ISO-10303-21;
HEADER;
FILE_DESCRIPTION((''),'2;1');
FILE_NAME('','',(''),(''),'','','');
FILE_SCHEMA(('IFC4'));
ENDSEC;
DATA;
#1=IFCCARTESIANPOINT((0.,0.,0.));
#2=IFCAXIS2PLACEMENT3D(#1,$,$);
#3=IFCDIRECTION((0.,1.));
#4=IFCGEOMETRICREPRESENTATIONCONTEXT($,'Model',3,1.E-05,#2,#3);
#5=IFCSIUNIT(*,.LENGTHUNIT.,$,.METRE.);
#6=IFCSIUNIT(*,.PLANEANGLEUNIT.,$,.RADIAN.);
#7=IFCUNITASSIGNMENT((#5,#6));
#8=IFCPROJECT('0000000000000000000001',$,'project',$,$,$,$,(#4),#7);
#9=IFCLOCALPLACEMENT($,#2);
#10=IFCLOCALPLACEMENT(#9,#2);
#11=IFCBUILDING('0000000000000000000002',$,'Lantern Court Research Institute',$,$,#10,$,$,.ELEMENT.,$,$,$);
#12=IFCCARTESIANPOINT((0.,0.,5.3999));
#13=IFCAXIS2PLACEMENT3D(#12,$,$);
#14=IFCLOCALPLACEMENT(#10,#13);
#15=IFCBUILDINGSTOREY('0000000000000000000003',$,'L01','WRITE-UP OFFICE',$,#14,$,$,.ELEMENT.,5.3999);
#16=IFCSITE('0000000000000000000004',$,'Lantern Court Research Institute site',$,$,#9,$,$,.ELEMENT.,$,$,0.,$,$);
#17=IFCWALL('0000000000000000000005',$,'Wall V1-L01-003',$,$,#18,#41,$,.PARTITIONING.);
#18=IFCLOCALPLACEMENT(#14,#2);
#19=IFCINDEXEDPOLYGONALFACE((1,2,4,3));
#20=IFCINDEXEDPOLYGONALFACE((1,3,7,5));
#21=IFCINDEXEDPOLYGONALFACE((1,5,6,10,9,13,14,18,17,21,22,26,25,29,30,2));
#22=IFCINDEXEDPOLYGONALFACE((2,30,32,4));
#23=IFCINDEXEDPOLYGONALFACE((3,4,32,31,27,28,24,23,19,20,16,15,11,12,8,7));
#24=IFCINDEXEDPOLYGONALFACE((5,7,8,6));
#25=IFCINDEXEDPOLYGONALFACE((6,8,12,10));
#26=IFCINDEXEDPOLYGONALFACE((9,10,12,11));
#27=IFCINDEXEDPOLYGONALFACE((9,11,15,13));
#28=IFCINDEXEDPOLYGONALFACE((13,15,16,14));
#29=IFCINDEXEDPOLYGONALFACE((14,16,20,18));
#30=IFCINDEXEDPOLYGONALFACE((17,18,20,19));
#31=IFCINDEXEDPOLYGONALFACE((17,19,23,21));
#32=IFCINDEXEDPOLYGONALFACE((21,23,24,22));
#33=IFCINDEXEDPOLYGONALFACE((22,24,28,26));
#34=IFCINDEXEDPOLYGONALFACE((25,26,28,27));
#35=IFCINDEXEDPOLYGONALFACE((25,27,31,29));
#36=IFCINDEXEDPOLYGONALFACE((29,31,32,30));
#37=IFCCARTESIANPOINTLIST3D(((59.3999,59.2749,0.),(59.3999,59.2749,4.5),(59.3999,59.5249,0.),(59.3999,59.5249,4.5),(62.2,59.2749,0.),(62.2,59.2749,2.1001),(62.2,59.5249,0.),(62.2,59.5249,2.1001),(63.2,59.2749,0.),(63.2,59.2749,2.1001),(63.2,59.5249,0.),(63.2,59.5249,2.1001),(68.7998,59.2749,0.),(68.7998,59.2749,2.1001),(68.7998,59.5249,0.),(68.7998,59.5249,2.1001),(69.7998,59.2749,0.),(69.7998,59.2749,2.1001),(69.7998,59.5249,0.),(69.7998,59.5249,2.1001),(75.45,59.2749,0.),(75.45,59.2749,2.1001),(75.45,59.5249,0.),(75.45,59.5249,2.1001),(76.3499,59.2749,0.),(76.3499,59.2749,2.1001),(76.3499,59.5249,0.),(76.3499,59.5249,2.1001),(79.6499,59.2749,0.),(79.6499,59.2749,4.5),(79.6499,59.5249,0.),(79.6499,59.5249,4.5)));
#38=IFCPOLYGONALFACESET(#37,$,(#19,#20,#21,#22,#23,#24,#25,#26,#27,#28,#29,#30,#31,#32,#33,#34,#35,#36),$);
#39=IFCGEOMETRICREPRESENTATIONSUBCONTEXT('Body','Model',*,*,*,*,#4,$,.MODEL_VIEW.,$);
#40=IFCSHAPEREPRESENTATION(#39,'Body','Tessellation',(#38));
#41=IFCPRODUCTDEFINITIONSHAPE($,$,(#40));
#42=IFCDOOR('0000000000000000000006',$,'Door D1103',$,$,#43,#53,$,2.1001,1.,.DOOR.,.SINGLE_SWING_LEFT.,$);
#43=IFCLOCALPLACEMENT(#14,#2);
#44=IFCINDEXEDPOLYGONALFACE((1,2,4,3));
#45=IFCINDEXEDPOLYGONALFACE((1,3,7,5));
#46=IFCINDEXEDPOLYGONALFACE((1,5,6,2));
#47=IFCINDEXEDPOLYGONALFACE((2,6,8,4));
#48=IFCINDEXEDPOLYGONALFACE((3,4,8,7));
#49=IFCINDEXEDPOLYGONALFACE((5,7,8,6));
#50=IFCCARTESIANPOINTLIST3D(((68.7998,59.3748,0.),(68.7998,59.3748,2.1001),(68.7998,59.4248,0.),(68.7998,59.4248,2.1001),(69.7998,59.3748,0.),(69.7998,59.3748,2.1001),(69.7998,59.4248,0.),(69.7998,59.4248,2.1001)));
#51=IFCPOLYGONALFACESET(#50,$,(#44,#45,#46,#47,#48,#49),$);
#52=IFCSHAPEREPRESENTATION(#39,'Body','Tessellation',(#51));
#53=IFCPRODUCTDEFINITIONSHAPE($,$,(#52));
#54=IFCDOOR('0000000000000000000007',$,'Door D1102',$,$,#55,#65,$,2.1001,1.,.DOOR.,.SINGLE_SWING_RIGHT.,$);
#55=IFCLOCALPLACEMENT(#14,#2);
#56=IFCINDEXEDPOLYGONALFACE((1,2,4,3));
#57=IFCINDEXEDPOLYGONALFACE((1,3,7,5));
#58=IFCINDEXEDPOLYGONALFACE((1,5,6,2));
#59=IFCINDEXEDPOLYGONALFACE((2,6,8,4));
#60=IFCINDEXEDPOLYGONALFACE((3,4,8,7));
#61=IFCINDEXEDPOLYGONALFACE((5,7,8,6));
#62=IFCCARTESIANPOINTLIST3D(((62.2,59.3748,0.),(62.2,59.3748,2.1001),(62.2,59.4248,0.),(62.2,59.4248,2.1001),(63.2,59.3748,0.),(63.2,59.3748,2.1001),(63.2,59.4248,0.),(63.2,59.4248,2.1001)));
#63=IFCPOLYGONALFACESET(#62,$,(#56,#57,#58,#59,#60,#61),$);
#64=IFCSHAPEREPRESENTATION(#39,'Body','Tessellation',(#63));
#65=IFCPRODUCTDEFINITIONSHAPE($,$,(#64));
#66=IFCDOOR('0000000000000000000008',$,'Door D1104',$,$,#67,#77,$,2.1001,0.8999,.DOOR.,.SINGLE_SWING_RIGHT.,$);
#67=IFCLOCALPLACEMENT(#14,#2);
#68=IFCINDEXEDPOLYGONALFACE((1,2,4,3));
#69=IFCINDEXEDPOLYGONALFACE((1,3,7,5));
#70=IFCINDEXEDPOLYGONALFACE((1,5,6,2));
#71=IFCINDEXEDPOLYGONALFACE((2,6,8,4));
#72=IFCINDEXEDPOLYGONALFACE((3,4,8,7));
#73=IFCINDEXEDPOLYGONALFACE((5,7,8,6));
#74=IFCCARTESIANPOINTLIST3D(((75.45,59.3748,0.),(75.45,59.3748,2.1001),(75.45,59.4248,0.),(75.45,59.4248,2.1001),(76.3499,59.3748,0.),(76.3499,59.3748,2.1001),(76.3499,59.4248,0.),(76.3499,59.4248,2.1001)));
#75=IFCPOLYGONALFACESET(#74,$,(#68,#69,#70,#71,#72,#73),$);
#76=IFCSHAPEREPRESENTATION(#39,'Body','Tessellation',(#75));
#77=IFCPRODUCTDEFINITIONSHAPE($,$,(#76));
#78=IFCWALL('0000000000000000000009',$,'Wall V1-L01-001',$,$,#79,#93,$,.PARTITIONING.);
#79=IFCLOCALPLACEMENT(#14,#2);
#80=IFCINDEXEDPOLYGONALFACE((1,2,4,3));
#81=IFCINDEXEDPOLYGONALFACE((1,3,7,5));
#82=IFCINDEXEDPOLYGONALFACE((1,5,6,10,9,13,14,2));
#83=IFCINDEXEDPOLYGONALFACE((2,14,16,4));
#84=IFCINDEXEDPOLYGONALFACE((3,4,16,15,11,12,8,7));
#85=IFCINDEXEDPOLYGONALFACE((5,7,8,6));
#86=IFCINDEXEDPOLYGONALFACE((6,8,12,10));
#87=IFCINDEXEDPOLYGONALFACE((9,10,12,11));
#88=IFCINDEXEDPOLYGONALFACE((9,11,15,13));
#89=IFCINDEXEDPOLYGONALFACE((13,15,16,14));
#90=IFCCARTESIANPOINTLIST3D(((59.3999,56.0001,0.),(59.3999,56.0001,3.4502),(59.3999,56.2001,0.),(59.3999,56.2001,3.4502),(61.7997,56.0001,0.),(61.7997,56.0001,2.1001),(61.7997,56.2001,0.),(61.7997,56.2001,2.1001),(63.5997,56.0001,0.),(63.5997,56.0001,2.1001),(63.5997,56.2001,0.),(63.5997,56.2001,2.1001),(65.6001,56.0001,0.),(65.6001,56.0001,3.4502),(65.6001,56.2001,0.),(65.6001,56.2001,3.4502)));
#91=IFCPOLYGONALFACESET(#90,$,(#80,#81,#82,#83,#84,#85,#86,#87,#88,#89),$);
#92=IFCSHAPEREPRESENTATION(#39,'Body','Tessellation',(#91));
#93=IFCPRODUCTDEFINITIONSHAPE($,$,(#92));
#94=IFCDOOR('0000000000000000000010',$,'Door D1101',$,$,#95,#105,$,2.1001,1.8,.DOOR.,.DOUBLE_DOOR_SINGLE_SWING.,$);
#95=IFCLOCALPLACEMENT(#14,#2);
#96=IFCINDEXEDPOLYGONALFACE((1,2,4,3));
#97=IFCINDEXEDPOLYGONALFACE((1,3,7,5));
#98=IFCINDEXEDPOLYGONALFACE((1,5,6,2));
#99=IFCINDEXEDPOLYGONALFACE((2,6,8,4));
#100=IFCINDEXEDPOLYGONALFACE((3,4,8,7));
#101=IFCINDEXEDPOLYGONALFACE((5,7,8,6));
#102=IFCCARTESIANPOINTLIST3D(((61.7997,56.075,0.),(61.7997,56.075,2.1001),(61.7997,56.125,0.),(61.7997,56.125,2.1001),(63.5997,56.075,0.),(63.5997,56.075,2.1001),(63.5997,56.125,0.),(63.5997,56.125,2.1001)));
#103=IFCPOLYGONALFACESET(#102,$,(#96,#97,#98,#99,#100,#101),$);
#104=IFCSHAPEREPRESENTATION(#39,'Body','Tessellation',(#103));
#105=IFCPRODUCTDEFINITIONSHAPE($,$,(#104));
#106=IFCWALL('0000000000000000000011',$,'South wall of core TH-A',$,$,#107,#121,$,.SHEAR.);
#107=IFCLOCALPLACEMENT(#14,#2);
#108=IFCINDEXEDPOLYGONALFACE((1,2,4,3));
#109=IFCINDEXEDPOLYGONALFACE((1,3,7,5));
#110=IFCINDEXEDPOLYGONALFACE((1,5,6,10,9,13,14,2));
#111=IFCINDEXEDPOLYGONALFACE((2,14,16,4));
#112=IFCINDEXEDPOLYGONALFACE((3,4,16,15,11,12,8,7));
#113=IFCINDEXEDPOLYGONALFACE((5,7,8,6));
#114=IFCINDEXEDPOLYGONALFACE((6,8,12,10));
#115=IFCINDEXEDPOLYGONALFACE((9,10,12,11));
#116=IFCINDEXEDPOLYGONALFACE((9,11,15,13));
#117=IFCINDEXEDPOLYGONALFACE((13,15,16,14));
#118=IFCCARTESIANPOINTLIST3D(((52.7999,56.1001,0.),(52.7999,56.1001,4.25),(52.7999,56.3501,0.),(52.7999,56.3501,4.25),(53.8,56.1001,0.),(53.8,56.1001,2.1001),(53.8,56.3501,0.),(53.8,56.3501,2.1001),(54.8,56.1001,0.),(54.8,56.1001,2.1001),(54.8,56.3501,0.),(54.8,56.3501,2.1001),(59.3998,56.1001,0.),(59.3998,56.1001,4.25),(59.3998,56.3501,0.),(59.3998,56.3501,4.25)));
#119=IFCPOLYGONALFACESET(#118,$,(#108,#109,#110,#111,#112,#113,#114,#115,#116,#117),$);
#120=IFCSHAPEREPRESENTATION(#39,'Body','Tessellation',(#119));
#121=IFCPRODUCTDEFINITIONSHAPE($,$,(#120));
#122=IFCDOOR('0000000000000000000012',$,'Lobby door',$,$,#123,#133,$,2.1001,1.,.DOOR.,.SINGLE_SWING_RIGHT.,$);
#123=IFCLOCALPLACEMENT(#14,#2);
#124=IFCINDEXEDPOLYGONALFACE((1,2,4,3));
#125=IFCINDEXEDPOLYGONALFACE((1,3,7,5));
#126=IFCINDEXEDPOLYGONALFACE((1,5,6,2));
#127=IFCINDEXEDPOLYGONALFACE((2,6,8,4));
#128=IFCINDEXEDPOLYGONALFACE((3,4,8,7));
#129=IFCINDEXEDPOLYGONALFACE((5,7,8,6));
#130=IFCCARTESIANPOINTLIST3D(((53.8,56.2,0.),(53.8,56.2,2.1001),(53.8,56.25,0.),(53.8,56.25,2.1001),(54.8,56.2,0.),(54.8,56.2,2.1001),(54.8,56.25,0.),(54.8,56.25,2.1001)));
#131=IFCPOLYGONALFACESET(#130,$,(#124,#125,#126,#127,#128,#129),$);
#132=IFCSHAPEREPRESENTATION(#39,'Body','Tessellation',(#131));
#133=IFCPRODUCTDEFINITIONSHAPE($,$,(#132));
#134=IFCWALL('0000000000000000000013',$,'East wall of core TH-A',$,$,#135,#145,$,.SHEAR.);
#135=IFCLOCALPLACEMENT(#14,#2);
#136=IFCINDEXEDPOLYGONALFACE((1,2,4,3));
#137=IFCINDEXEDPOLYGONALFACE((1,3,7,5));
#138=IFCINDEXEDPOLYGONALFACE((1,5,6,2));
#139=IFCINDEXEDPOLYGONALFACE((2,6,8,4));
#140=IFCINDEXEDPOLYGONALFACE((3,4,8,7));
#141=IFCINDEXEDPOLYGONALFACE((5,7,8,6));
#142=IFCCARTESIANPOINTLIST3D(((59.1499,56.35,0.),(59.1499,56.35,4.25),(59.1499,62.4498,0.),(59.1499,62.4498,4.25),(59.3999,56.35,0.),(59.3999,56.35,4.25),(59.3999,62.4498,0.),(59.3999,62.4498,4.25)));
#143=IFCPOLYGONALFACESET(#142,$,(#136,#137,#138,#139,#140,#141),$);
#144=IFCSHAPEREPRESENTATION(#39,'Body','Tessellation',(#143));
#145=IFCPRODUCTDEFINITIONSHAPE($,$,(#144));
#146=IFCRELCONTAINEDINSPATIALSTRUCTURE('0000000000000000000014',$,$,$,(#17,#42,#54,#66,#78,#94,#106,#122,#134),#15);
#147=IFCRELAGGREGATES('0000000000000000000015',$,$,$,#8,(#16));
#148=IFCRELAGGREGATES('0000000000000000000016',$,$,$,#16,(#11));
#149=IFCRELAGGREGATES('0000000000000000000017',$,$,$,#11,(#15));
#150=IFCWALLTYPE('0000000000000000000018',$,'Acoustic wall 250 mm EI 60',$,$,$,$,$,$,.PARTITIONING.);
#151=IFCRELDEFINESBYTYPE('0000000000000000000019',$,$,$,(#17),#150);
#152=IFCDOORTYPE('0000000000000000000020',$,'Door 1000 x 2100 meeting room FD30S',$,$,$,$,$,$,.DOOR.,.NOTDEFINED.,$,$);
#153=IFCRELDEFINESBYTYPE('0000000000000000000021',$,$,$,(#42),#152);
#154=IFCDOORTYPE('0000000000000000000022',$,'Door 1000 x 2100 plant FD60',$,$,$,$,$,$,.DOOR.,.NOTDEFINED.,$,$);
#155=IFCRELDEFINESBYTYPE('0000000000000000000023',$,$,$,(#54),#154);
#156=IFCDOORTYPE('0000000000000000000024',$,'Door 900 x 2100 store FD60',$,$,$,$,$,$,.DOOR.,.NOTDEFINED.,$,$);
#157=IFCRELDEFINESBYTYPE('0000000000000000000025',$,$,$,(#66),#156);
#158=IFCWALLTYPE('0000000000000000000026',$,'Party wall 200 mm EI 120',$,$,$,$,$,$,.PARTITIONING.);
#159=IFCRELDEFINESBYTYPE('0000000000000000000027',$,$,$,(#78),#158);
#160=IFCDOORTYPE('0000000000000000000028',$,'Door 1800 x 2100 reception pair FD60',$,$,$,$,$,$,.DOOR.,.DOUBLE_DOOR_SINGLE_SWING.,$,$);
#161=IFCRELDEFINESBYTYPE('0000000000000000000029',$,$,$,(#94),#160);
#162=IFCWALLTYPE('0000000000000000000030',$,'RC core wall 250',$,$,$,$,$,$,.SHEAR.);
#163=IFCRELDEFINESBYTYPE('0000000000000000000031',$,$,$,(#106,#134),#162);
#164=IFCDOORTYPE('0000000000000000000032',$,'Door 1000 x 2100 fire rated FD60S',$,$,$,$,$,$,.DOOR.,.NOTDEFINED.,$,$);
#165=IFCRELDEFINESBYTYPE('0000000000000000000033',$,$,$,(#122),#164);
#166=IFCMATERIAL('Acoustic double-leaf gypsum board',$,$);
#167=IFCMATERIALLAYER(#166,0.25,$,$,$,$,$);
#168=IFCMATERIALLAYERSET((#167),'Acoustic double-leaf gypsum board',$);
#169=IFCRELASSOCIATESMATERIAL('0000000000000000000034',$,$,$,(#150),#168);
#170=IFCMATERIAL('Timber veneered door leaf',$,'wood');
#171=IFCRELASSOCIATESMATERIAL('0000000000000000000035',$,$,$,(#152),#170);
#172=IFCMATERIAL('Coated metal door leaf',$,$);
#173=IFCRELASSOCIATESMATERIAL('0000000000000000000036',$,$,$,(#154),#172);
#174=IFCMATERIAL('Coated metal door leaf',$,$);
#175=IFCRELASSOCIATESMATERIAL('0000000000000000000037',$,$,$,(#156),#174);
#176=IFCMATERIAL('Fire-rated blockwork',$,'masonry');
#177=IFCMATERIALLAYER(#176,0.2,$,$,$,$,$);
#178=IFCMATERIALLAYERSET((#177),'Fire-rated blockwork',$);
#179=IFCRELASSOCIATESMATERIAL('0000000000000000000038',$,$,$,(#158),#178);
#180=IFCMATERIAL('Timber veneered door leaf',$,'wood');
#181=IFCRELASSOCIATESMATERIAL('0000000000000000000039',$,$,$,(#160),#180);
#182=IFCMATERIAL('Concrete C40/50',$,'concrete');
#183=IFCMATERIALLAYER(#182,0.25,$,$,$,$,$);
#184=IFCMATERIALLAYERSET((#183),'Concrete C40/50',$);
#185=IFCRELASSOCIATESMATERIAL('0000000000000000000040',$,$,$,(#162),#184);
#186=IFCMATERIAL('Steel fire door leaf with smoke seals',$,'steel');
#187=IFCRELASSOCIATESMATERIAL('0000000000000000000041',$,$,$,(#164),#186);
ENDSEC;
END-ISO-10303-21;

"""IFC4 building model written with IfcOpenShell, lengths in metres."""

from ifc_helpers import new_model, si_unit, direction, frame, frame_2d, origin, place, context, subcontext, project, spatial, rectangle, extrude, material, layer, layer_set, type_object, element, fill, save


model = new_model("IFC4")

# Units and contexts
model_context = context("Model", 3, precision=1e-05, world=origin(), true_north=direction((0.0, 1.0)))
body_context = subcontext(model_context, "Body", "Model", "MODEL_VIEW")
ifc_project = project(units=[si_unit("LENGTHUNIT", "METRE"), si_unit("PLANEANGLEUNIT", "RADIAN")], contexts=[model_context])

# Site, building, storey
site_placement = place(None, origin())
site = spatial("IfcSite", under=ifc_project, at=site_placement, Name="Lantern Court Research Institute site", CompositionType="ELEMENT", RefElevation=0.0)
building_placement = place(site_placement, origin())
building = spatial("IfcBuilding", under=site, at=building_placement, Name="Lantern Court Research Institute", CompositionType="ELEMENT")
storey_placement = place(building_placement, frame((0.0, 0.0, 5.3999)))
storey = spatial("IfcBuildingStorey", under=building, at=storey_placement, Name="L01", Description="WRITE-UP OFFICE", CompositionType="ELEMENT", Elevation=5.3999)

# Wall, openings, doors
ifc_material_1 = material(Name="Acoustic double-leaf gypsum board")
ifc_layer_1 = layer(ifc_material_1, 0.25)
ifc_layer_set_1 = layer_set([ifc_layer_1], Name="Acoustic double-leaf gypsum board")
wall_type_1 = type_object("IfcWallType", Name="Acoustic wall 250 mm EI 60", PredefinedType="PARTITIONING", material=ifc_layer_set_1)
wall_1_placement = place(storey_placement, frame((59.3999, 59.3999, 0.0), z_axis=(0.0, 0.0, 1.0), x_axis=(1.0, 0.0, 0.0)))
wall_1 = element("IfcWall", 1, at=wall_1_placement, inside=storey, type_object=wall_type_1, Name="Wall V1-L01-003", PredefinedType="PARTITIONING", context=body_context, shape_type="SweptSolid", body=[
    extrude(rectangle(XDim=20.25, YDim=0.25, at=frame_2d((10.125, 0.0))), origin(), (0.0, 0.0, 1.0), 4.5),
])
opening_1_placement = place(wall_1_placement, frame((2.8, 0.0, 0.0)))
opening_1 = element("IfcOpeningElement", 2, at=opening_1_placement, cuts=wall_1, PredefinedType="OPENING", context=body_context, shape_type="SweptSolid", body=[
    extrude(rectangle(XDim=1.0, YDim=2.1001, at=frame_2d((0.5, 1.05))), frame((0.0, 0.135, 0.0), z_axis=(0.0, -1.0, 0.0), x_axis=(1.0, 0.0, 0.0)), (0.0, 0.0, 1.0), 0.27),
])
opening_2_placement = place(wall_1_placement, frame((9.3999, 0.0, 0.0)))
opening_2 = element("IfcOpeningElement", 3, at=opening_2_placement, cuts=wall_1, PredefinedType="OPENING", context=body_context, shape_type="SweptSolid", body=[
    extrude(rectangle(XDim=1.0, YDim=2.1001, at=frame_2d((0.5, 1.05))), frame((0.0, 0.135, 0.0), z_axis=(0.0, -1.0, 0.0), x_axis=(1.0, 0.0, 0.0)), (0.0, 0.0, 1.0), 0.27),
])
opening_3_placement = place(wall_1_placement, frame((16.05, 0.0, 0.0)))
opening_3 = element("IfcOpeningElement", 4, at=opening_3_placement, cuts=wall_1, PredefinedType="OPENING", context=body_context, shape_type="SweptSolid", body=[
    extrude(rectangle(XDim=0.8999, YDim=2.1001, at=frame_2d((0.45, 1.05))), frame((0.0, 0.135, 0.0), z_axis=(0.0, -1.0, 0.0), x_axis=(1.0, 0.0, 0.0)), (0.0, 0.0, 1.0), 0.27),
])
ifc_material_2 = material(Name="Timber veneered door leaf", Category="wood")
door_type_1 = type_object("IfcDoorType", Name="Door 1000 x 2100 meeting room FD30S", OperationType="NOTDEFINED", PredefinedType="DOOR", material=ifc_material_2)
door_1_placement = place(opening_2_placement, origin())
door_1 = element("IfcDoor", 5, at=door_1_placement, inside=storey, type_object=door_type_1, Name="Door D1103", OperationType="SINGLE_SWING_LEFT", OverallHeight=2.1001, OverallWidth=1.0, PredefinedType="DOOR", context=body_context, shape_type="SweptSolid", body=[
    extrude(rectangle(XDim=1.0, YDim=2.1001, at=frame_2d((0.5, 1.05))), frame((0.0, 0.0249, 0.0), z_axis=(0.0, -1.0, 0.0), x_axis=(1.0, 0.0, 0.0)), (0.0, 0.0, 1.0), 0.05),
])
fill(opening_2, door_1)
ifc_material_3 = material(Name="Coated metal door leaf")
door_type_2 = type_object("IfcDoorType", Name="Door 1000 x 2100 plant FD60", OperationType="NOTDEFINED", PredefinedType="DOOR", material=ifc_material_3)
door_2_placement = place(opening_1_placement, origin())
door_2 = element("IfcDoor", 6, at=door_2_placement, inside=storey, type_object=door_type_2, Name="Door D1102", OperationType="SINGLE_SWING_RIGHT", OverallHeight=2.1001, OverallWidth=1.0, PredefinedType="DOOR", context=body_context, shape_type="SweptSolid", body=[
    extrude(rectangle(XDim=1.0, YDim=2.1001, at=frame_2d((0.5, 1.05))), frame((0.0, 0.0249, 0.0), z_axis=(0.0, -1.0, 0.0), x_axis=(1.0, 0.0, 0.0)), (0.0, 0.0, 1.0), 0.05),
])
fill(opening_1, door_2)
ifc_material_4 = material(Name="Coated metal door leaf")
door_type_3 = type_object("IfcDoorType", Name="Door 900 x 2100 store FD60", OperationType="NOTDEFINED", PredefinedType="DOOR", material=ifc_material_4)
door_3_placement = place(opening_3_placement, origin())
door_3 = element("IfcDoor", 7, at=door_3_placement, inside=storey, type_object=door_type_3, Name="Door D1104", OperationType="SINGLE_SWING_RIGHT", OverallHeight=2.1001, OverallWidth=0.8999, PredefinedType="DOOR", context=body_context, shape_type="SweptSolid", body=[
    extrude(rectangle(XDim=0.8999, YDim=2.1001, at=frame_2d((0.45, 1.05))), frame((0.0, 0.0249, 0.0), z_axis=(0.0, -1.0, 0.0), x_axis=(1.0, 0.0, 0.0)), (0.0, 0.0, 1.0), 0.05),
])
fill(opening_3, door_3)

# Walls, openings, doors
ifc_material_5 = material(Name="Fire-rated blockwork", Category="masonry")
ifc_layer_2 = layer(ifc_material_5, 0.2)
ifc_layer_set_2 = layer_set([ifc_layer_2], Name="Fire-rated blockwork")
wall_type_2 = type_object("IfcWallType", Name="Party wall 200 mm EI 120", PredefinedType="PARTITIONING", material=ifc_layer_set_2)
wall_2_placement = place(storey_placement, frame((59.3999, 56.1001, 0.0), z_axis=(0.0, 0.0, 1.0), x_axis=(1.0, 0.0, 0.0)))
wall_2 = element("IfcWall", 8, at=wall_2_placement, inside=storey, type_object=wall_type_2, Name="Wall V1-L01-001", PredefinedType="PARTITIONING", context=body_context, shape_type="SweptSolid", body=[
    extrude(rectangle(XDim=6.2002, YDim=0.2, at=frame_2d((3.1001, 0.0))), origin(), (0.0, 0.0, 1.0), 3.4502),
])
opening_4_placement = place(wall_2_placement, frame((2.3999, 0.0, 0.0)))
opening_4 = element("IfcOpeningElement", 9, at=opening_4_placement, cuts=wall_2, PredefinedType="OPENING", context=body_context, shape_type="SweptSolid", body=[
    extrude(rectangle(XDim=1.8, YDim=2.1001, at=frame_2d((0.8999, 1.05))), frame((0.0, 0.1099, 0.0), z_axis=(0.0, -1.0, 0.0), x_axis=(1.0, 0.0, 0.0)), (0.0, 0.0, 1.0), 0.22),
])
ifc_material_6 = material(Name="Timber veneered door leaf", Category="wood")
door_type_4 = type_object("IfcDoorType", Name="Door 1800 x 2100 reception pair FD60", OperationType="DOUBLE_DOOR_SINGLE_SWING", PredefinedType="DOOR", material=ifc_material_6)
door_4_placement = place(opening_4_placement, origin())
door_4 = element("IfcDoor", 10, at=door_4_placement, inside=storey, type_object=door_type_4, Name="Door D1101", OperationType="DOUBLE_DOOR_SINGLE_SWING", OverallHeight=2.1001, OverallWidth=1.8, PredefinedType="DOOR", context=body_context, shape_type="SweptSolid", body=[
    extrude(rectangle(XDim=1.8, YDim=2.1001, at=frame_2d((0.8999, 1.05))), frame((0.0, 0.0249, 0.0), z_axis=(0.0, -1.0, 0.0), x_axis=(1.0, 0.0, 0.0)), (0.0, 0.0, 1.0), 0.05),
])
fill(opening_4, door_4)
ifc_material_7 = material(Name="Concrete C40/50", Category="concrete")
ifc_layer_3 = layer(ifc_material_7, 0.25)
ifc_layer_set_3 = layer_set([ifc_layer_3], Name="Concrete C40/50")
wall_type_3 = type_object("IfcWallType", Name="RC core wall 250", PredefinedType="SHEAR", material=ifc_layer_set_3)
wall_3_placement = place(storey_placement, frame((52.8, 56.2251, 0.0), z_axis=(0.0, 0.0, 1.0), x_axis=(1.0, 0.0, 0.0)))
wall_3 = element("IfcWall", 11, at=wall_3_placement, inside=storey, type_object=wall_type_3, Name="South wall of core TH-A", PredefinedType="SHEAR", context=body_context, shape_type="SweptSolid", body=[
    extrude(rectangle(XDim=6.5999, YDim=0.25, at=frame_2d((3.2998, 0.0))), origin(), (0.0, 0.0, 1.0), 4.25),
])
opening_5_placement = place(wall_3_placement, frame((1.0, 0.0, 0.0)))
opening_5 = element("IfcOpeningElement", 12, at=opening_5_placement, cuts=wall_3, PredefinedType="OPENING", context=body_context, shape_type="SweptSolid", body=[
    extrude(rectangle(XDim=1.0, YDim=2.1001, at=frame_2d((0.5, 1.05))), frame((0.0, 0.135, 0.0), z_axis=(0.0, -1.0, 0.0), x_axis=(1.0, 0.0, 0.0)), (0.0, 0.0, 1.0), 0.27),
])
ifc_material_8 = material(Name="Steel fire door leaf with smoke seals", Category="steel")
door_type_5 = type_object("IfcDoorType", Name="Door 1000 x 2100 fire rated FD60S", OperationType="NOTDEFINED", PredefinedType="DOOR", material=ifc_material_8)
door_5_placement = place(opening_5_placement, origin())
door_5 = element("IfcDoor", 13, at=door_5_placement, inside=storey, type_object=door_type_5, Name="Lobby door", OperationType="SINGLE_SWING_RIGHT", OverallHeight=2.1001, OverallWidth=1.0, PredefinedType="DOOR", context=body_context, shape_type="SweptSolid", body=[
    extrude(rectangle(XDim=1.0, YDim=2.1001, at=frame_2d((0.5, 1.05))), frame((0.0, 0.0249, 0.0), z_axis=(0.0, -1.0, 0.0), x_axis=(1.0, 0.0, 0.0)), (0.0, 0.0, 1.0), 0.05),
])
fill(opening_5, door_5)

# Wall
wall_4_placement = place(storey_placement, frame((59.2749, 56.3501, 0.0), z_axis=(0.0, 0.0, 1.0), x_axis=(0.0, 1.0, 0.0)))
element("IfcWall", 14, at=wall_4_placement, inside=storey, type_object=wall_type_3, Name="East wall of core TH-A", PredefinedType="SHEAR", context=body_context, shape_type="SweptSolid", body=[
    extrude(rectangle(XDim=6.0999, YDim=0.25, at=frame_2d((3.0498, 0.0))), origin(), (0.0, 0.0, 1.0), 4.25),
])

save(model, "model.ifc")
